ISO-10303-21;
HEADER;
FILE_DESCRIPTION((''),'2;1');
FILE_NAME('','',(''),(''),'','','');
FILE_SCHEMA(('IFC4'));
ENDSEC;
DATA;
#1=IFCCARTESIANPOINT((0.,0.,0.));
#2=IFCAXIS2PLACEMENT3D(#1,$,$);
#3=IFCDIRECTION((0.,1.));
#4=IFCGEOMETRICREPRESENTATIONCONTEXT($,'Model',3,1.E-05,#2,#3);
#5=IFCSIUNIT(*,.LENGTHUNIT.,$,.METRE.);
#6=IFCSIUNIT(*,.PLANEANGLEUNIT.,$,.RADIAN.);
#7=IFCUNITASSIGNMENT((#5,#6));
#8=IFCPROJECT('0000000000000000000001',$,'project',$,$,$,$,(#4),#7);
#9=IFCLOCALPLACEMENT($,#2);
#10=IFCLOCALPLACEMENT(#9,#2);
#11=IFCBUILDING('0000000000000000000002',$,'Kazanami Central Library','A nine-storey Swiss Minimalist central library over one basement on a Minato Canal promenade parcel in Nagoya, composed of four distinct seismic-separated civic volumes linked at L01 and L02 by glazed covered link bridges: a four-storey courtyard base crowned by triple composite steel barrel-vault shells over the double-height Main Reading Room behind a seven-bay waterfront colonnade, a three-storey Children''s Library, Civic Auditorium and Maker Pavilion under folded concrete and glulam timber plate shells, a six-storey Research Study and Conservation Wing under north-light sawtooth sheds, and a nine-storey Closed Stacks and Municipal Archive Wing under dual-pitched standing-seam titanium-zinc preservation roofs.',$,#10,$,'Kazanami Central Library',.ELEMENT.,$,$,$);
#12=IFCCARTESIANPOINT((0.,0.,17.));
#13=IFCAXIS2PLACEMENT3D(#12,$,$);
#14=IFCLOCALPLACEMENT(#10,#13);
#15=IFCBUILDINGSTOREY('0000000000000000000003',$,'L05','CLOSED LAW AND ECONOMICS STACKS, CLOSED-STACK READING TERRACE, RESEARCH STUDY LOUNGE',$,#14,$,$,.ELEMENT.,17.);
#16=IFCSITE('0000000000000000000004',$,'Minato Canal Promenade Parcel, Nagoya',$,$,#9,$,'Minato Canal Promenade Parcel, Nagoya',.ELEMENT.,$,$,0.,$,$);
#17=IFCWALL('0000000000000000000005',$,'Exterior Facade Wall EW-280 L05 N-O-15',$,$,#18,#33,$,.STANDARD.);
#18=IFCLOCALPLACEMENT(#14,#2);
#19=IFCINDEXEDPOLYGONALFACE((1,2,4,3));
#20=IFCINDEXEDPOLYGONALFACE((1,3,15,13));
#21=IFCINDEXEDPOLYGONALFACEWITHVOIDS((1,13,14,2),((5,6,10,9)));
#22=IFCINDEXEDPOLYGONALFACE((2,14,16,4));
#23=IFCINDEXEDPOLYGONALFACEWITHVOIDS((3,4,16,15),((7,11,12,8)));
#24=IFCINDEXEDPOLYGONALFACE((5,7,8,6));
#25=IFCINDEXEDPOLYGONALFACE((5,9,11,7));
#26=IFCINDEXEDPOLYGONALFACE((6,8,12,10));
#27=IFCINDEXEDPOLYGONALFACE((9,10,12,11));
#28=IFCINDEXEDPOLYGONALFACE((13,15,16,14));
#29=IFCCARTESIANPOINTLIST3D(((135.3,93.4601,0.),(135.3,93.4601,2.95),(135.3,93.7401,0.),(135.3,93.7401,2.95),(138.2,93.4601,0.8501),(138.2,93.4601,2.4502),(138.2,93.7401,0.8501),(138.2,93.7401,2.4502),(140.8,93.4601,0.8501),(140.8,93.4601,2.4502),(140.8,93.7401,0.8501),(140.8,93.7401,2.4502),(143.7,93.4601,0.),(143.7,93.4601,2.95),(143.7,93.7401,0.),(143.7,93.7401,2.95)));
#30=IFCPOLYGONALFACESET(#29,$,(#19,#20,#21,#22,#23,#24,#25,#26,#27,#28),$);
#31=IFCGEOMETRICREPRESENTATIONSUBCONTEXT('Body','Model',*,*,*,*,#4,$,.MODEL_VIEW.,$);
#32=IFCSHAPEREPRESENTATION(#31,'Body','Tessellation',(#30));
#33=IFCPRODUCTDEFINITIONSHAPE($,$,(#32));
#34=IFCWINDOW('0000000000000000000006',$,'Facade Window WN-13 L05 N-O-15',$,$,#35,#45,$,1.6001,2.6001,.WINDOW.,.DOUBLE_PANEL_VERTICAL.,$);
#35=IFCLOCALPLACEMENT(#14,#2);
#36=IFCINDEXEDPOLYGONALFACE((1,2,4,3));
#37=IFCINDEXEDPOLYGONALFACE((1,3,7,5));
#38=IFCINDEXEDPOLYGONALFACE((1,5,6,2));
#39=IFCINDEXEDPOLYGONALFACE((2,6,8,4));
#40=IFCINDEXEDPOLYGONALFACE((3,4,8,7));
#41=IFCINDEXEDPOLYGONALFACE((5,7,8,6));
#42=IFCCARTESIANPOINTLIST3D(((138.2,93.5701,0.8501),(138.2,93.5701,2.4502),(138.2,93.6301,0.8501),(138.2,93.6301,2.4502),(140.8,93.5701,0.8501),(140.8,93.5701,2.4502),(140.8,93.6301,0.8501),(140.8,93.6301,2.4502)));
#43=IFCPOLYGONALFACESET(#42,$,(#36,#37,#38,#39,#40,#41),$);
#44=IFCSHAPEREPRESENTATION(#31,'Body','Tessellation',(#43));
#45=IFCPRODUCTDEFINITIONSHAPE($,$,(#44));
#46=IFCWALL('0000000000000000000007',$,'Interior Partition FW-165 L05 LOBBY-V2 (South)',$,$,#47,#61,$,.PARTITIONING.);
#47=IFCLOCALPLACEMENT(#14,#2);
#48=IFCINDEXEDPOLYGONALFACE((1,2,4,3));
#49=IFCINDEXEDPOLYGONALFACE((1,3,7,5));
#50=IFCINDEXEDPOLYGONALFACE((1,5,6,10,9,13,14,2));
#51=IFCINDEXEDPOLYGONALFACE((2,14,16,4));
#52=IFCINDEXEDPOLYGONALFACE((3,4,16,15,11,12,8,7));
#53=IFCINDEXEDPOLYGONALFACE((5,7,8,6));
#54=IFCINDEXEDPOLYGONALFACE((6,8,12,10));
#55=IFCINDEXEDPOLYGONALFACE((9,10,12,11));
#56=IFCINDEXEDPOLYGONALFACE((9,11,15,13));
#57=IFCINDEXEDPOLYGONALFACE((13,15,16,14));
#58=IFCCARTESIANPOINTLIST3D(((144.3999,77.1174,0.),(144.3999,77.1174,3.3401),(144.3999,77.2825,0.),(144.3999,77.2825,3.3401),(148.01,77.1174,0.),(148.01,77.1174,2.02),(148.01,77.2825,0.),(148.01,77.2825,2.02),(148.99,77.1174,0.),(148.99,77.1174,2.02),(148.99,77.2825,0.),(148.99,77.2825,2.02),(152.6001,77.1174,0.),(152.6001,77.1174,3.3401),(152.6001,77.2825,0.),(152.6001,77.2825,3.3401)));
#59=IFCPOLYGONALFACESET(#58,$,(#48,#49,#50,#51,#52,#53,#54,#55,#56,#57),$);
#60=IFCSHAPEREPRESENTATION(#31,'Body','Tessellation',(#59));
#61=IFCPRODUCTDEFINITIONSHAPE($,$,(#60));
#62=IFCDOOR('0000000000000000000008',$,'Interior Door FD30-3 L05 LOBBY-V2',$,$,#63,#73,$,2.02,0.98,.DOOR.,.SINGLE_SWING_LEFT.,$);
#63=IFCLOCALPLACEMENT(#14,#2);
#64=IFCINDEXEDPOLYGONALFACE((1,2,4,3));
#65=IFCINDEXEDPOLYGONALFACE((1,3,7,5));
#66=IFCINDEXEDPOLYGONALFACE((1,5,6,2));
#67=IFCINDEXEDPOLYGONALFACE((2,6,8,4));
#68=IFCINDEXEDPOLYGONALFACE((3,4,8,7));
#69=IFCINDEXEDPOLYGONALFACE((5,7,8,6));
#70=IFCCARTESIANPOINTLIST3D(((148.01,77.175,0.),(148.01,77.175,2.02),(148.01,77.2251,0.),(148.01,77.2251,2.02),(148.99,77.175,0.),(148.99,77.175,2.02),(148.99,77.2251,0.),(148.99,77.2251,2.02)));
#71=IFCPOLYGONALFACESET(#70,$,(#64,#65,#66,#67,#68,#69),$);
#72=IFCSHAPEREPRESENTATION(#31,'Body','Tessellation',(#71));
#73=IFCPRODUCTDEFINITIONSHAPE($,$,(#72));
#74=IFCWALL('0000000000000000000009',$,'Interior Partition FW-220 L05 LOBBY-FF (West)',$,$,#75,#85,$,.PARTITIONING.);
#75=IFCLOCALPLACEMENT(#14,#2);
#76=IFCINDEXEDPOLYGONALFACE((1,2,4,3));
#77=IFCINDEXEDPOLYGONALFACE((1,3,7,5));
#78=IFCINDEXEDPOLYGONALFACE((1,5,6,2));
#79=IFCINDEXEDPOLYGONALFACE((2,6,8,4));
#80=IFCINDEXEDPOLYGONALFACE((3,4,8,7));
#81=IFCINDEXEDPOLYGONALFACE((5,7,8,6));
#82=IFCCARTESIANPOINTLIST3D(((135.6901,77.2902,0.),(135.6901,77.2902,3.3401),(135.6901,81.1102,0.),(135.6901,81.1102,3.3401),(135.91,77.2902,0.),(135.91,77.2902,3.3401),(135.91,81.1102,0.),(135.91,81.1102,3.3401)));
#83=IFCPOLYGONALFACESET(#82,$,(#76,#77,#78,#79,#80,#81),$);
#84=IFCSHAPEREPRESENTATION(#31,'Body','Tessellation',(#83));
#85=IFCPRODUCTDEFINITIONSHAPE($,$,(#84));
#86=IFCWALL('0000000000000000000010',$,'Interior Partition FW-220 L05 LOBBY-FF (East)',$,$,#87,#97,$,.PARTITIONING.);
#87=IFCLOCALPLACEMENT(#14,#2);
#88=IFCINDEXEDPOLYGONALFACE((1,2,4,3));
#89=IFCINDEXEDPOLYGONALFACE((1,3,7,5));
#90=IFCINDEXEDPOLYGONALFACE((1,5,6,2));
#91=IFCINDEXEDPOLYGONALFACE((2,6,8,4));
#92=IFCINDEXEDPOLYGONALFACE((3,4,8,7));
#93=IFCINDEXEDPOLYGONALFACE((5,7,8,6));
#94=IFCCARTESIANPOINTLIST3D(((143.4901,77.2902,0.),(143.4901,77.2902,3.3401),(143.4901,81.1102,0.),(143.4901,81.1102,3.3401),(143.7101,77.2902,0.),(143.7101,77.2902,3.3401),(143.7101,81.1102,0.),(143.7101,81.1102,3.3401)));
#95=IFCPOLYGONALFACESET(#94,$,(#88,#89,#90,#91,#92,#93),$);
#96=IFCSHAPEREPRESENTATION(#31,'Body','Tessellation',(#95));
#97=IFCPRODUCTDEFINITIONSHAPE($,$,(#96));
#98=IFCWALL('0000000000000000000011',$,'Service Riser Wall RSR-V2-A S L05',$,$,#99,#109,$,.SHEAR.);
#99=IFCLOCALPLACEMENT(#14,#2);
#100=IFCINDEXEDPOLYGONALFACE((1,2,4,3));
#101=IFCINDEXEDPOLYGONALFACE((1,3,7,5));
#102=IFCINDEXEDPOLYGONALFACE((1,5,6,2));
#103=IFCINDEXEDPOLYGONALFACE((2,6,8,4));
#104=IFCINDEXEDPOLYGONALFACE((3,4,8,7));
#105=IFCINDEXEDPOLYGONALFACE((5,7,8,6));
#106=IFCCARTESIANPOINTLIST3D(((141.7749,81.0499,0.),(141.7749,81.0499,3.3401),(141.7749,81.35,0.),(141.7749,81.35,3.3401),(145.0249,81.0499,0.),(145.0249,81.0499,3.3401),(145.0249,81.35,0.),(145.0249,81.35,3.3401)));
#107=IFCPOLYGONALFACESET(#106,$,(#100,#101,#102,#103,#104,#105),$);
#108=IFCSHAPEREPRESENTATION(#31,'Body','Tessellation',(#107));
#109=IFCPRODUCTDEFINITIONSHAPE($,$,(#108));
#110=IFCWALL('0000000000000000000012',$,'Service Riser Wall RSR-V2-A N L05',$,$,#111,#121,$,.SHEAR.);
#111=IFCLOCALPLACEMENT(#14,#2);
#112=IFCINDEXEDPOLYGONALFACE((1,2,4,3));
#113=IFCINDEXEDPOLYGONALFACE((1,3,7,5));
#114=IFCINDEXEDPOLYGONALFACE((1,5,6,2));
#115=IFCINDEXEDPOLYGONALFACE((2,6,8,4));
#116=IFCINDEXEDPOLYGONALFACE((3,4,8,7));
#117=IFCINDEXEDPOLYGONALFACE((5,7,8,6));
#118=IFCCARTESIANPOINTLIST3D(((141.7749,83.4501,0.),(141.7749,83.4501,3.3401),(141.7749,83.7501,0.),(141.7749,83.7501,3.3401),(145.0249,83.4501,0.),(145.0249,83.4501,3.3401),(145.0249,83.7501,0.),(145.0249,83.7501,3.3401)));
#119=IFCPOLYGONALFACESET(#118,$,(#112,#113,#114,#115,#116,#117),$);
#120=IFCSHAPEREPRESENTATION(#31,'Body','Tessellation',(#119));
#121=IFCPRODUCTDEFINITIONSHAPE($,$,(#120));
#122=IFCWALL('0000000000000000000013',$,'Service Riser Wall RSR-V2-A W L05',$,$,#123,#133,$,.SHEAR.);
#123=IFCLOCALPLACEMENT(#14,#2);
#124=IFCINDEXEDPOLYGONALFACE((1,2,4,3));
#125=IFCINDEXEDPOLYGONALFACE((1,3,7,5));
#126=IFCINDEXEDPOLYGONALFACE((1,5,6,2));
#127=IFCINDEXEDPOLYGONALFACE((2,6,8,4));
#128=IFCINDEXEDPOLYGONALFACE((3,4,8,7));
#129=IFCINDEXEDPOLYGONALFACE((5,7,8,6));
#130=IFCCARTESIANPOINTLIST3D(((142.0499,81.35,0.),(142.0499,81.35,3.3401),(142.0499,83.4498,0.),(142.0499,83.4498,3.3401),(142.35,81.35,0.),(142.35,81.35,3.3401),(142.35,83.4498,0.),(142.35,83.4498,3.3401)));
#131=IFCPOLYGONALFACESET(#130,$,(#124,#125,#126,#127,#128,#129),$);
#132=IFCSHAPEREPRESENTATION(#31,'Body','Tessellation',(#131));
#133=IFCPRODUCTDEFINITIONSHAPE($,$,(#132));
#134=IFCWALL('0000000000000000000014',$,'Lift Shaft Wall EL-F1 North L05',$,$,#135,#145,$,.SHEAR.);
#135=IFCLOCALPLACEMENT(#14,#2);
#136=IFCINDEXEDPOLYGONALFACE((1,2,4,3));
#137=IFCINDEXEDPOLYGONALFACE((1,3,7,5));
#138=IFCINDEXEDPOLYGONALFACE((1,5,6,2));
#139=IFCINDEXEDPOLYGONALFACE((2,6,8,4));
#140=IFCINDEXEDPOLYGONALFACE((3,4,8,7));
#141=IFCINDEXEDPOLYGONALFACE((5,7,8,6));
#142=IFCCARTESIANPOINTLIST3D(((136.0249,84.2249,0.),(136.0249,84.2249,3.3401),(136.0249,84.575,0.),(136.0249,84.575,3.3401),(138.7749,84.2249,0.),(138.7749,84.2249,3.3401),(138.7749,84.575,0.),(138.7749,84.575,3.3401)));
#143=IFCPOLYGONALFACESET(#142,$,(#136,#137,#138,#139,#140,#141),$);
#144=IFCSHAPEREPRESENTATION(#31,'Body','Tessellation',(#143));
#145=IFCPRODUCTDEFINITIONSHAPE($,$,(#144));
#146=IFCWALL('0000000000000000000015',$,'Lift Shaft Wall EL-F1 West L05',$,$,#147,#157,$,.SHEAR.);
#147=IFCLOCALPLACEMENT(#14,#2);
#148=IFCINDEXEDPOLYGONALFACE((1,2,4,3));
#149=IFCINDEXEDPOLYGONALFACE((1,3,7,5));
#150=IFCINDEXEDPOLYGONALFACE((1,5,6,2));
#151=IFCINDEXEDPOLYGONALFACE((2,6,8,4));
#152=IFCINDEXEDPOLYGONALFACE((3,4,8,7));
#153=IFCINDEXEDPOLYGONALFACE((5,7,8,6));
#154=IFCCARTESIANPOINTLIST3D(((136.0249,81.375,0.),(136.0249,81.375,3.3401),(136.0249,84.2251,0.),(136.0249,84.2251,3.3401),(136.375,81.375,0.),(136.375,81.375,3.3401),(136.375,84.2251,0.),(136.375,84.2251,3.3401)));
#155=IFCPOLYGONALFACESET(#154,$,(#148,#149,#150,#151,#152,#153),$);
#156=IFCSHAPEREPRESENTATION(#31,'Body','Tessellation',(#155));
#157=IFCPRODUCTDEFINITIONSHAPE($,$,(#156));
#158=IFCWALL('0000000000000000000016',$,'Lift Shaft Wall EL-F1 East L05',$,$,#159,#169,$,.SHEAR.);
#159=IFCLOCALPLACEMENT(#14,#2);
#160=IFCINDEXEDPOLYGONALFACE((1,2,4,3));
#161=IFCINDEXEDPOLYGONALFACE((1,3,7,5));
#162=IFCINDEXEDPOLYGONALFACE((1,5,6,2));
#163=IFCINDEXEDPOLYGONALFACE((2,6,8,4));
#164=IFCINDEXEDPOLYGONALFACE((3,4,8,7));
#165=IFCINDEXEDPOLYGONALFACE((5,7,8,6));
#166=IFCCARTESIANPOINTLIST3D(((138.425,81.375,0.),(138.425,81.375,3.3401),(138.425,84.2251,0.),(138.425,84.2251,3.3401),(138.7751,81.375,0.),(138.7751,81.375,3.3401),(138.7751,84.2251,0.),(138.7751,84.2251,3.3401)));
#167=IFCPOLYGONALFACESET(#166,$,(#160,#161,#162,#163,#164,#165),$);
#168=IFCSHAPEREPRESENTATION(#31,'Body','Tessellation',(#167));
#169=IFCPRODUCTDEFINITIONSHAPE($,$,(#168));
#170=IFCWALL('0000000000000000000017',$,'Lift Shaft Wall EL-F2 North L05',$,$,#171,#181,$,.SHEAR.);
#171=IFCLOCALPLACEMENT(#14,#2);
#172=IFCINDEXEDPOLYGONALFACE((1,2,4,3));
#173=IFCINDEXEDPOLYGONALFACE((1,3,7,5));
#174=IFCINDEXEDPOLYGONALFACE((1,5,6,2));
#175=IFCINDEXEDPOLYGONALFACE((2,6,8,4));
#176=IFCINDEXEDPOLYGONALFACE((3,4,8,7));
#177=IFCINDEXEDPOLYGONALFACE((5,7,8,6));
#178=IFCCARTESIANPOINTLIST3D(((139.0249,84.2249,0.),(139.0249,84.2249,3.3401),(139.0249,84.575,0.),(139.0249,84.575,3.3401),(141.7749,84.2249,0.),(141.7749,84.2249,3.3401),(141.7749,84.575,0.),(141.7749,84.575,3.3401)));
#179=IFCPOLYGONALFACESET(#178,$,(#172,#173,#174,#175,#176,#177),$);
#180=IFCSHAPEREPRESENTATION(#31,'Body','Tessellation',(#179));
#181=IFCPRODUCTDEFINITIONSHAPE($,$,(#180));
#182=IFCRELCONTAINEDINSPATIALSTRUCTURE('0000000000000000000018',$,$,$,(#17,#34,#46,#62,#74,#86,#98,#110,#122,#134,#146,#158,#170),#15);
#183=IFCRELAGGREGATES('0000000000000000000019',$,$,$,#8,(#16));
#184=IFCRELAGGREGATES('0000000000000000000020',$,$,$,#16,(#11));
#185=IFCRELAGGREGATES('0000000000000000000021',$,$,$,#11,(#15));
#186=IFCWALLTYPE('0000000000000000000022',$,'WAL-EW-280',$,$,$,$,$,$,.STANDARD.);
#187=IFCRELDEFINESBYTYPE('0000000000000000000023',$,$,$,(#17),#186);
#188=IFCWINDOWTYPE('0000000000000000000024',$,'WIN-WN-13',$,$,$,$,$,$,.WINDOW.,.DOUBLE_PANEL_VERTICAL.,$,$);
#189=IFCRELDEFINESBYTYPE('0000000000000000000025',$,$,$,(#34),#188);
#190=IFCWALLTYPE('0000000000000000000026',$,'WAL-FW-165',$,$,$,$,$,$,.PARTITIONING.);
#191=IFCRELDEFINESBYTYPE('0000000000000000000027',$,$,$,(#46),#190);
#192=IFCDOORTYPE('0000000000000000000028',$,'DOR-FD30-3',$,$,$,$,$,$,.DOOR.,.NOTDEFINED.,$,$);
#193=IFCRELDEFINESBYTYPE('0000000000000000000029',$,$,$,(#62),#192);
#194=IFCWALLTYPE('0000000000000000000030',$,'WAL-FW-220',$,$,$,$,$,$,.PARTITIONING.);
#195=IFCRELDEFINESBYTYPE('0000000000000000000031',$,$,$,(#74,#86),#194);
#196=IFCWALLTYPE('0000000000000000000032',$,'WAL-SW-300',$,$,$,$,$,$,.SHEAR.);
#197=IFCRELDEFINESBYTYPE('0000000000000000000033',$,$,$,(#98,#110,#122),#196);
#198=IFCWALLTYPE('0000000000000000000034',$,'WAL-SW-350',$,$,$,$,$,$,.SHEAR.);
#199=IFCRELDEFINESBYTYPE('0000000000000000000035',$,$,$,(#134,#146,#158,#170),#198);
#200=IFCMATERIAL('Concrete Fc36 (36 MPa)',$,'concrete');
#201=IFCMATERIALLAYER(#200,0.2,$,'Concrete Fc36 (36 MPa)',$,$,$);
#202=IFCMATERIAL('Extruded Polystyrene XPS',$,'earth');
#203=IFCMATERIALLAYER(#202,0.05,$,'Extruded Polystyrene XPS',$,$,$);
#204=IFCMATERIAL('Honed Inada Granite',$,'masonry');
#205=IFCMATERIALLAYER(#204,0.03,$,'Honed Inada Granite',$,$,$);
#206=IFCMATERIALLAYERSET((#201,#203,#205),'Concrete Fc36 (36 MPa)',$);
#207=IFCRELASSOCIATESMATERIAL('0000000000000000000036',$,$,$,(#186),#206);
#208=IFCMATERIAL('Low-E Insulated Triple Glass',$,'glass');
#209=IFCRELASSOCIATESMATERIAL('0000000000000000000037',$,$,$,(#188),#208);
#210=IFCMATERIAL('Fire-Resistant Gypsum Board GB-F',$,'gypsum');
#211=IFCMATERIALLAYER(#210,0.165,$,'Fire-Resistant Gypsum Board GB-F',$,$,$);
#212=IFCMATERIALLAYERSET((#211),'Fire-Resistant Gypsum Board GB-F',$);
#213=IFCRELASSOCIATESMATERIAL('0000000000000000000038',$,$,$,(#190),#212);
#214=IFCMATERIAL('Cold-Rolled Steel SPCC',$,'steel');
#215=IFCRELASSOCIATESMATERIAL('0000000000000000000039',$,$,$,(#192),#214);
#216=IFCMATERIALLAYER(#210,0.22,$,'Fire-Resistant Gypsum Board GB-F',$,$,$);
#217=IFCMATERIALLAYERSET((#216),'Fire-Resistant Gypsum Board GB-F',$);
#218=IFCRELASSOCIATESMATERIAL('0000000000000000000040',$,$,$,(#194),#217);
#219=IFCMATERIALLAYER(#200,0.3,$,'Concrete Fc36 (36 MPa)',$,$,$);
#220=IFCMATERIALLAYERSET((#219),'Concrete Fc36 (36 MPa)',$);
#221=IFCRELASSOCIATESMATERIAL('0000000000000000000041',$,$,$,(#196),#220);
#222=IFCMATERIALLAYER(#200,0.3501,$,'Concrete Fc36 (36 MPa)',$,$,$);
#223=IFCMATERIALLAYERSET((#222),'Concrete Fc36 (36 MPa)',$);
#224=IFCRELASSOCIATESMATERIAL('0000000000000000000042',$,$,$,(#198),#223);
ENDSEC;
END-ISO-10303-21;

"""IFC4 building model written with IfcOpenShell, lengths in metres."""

from ifc_helpers import new_model, si_unit, direction, frame, frame_2d, origin, place, context, subcontext, project, spatial, rectangle, extrude, material, layer, layer_set, type_object, element, fill, save


model = new_model("IFC4")

# Units and contexts
model_context = context("Model", 3, precision=1e-05, world=origin(), true_north=direction((0.0, 1.0)))
body_context = subcontext(model_context, "Body", "Model", "MODEL_VIEW")
ifc_project = project(units=[si_unit("LENGTHUNIT", "METRE"), si_unit("PLANEANGLEUNIT", "RADIAN")], contexts=[model_context])

# Site, building, storey
site_placement = place(None, origin())
site = spatial("IfcSite", under=ifc_project, at=site_placement, Name="Minato Canal Promenade Parcel, Nagoya", LongName="Minato Canal Promenade Parcel, Nagoya", CompositionType="ELEMENT", RefElevation=0.0)
building_placement = place(site_placement, origin())
building = spatial("IfcBuilding", under=site, at=building_placement, Name="Kazanami Central Library", Description="A nine-storey Swiss Minimalist central library over one basement on a Minato Canal promenade parcel in Nagoya, composed of four distinct seismic-separated civic volumes linked at L01 and L02 by glazed covered link bridges: a four-storey courtyard base crowned by triple composite steel barrel-vault shells over the double-height Main Reading Room behind a seven-bay waterfront colonnade, a three-storey Children's Library, Civic Auditorium and Maker Pavilion under folded concrete and glulam timber plate shells, a six-storey Research Study and Conservation Wing under north-light sawtooth sheds, and a nine-storey Closed Stacks and Municipal Archive Wing under dual-pitched standing-seam titanium-zinc preservation roofs.", LongName="Kazanami Central Library", CompositionType="ELEMENT")
storey_placement = place(building_placement, frame((0.0, 0.0, 17.0)))
storey = spatial("IfcBuildingStorey", under=building, at=storey_placement, Name="L05", Description="CLOSED LAW AND ECONOMICS STACKS, CLOSED-STACK READING TERRACE, RESEARCH STUDY LOUNGE", CompositionType="ELEMENT", Elevation=17.0)

# Wall, opening, window
ifc_material_1 = material(Name="Concrete Fc36 (36 MPa)", Category="concrete")
ifc_layer_1 = layer(ifc_material_1, 0.2, Name="Concrete Fc36 (36 MPa)")
ifc_material_2 = material(Name="Extruded Polystyrene XPS", Category="earth")
ifc_layer_2 = layer(ifc_material_2, 0.05, Name="Extruded Polystyrene XPS")
ifc_material_3 = material(Name="Honed Inada Granite", Category="masonry")
ifc_layer_3 = layer(ifc_material_3, 0.03, Name="Honed Inada Granite")
ifc_layer_set_1 = layer_set([ifc_layer_1, ifc_layer_2, ifc_layer_3], Name="Concrete Fc36 (36 MPa)")
wall_type_1 = type_object("IfcWallType", Name="WAL-EW-280", PredefinedType="STANDARD", material=ifc_layer_set_1)
wall_1_placement = place(storey_placement, frame((143.7, 93.6001, 0.0), z_axis=(0.0, 0.0, 1.0), x_axis=(-1.0, 0.0, 0.0)))
wall_1 = element("IfcWall", 1, at=wall_1_placement, inside=storey, type_object=wall_type_1, Name="Exterior Facade Wall EW-280 L05 N-O-15", PredefinedType="STANDARD", context=body_context, shape_type="SweptSolid", body=[
    extrude(rectangle(XDim=8.3999, YDim=0.28, at=frame_2d((4.2, 0.0))), origin(), (0.0, 0.0, 1.0), 2.95),
])
opening_1_placement = place(wall_1_placement, frame((2.8999, 0.0, 0.8501)))
opening_1 = element("IfcOpeningElement", 2, at=opening_1_placement, cuts=wall_1, PredefinedType="OPENING", context=body_context, shape_type="SweptSolid", body=[
    extrude(rectangle(XDim=2.6001, YDim=1.6001, at=frame_2d((1.3, 0.8))), frame((0.0, 0.1519, 0.0), z_axis=(0.0, -1.0, 0.0), x_axis=(1.0, 0.0, 0.0)), (0.0, 0.0, 1.0), 0.304),
])
ifc_material_4 = material(Name="Low-E Insulated Triple Glass", Category="glass")
window_type = type_object("IfcWindowType", Name="WIN-WN-13", PartitioningType="DOUBLE_PANEL_VERTICAL", PredefinedType="WINDOW", material=ifc_material_4)
window_placement = place(opening_1_placement, origin())
window = element("IfcWindow", 3, at=window_placement, inside=storey, type_object=window_type, Name="Facade Window WN-13 L05 N-O-15", OverallHeight=1.6001, OverallWidth=2.6001, PartitioningType="DOUBLE_PANEL_VERTICAL", PredefinedType="WINDOW", context=body_context, shape_type="SweptSolid", body=[
    extrude(rectangle(XDim=2.6001, YDim=1.6001, at=frame_2d((1.3, 0.8))), frame((0.0, 0.03, 0.0), z_axis=(0.0, -1.0, 0.0), x_axis=(1.0, 0.0, 0.0)), (0.0, 0.0, 1.0), 0.0601),
])
fill(opening_1, window)

# Wall, opening, door
ifc_material_5 = material(Name="Fire-Resistant Gypsum Board GB-F", Category="gypsum")
ifc_layer_4 = layer(ifc_material_5, 0.165, Name="Fire-Resistant Gypsum Board GB-F")
ifc_layer_set_2 = layer_set([ifc_layer_4], Name="Fire-Resistant Gypsum Board GB-F")
wall_type_2 = type_object("IfcWallType", Name="WAL-FW-165", PredefinedType="PARTITIONING", material=ifc_layer_set_2)
wall_2_placement = place(storey_placement, frame((144.3999, 77.2, 0.0), z_axis=(0.0, 0.0, 1.0), x_axis=(1.0, 0.0, 0.0)))
wall_2 = element("IfcWall", 4, at=wall_2_placement, inside=storey, type_object=wall_type_2, Name="Interior Partition FW-165 L05 LOBBY-V2 (South)", PredefinedType="PARTITIONING", context=body_context, shape_type="SweptSolid", body=[
    extrude(rectangle(XDim=8.2002, YDim=0.165, at=frame_2d((4.1001, 0.0))), origin(), (0.0, 0.0, 1.0), 3.3401),
])
opening_2_placement = place(wall_2_placement, frame((3.6101, 0.0, 0.0)))
opening_2 = element("IfcOpeningElement", 5, at=opening_2_placement, cuts=wall_2, PredefinedType="OPENING", context=body_context, shape_type="SweptSolid", body=[
    extrude(rectangle(XDim=0.98, YDim=2.02, at=frame_2d((0.49, 1.01))), frame((0.0, 0.0945, 0.0), z_axis=(0.0, -1.0, 0.0), x_axis=(1.0, 0.0, 0.0)), (0.0, 0.0, 1.0), 0.189),
])
ifc_material_6 = material(Name="Cold-Rolled Steel SPCC", Category="steel")
door_type_1 = type_object("IfcDoorType", Name="DOR-FD30-3", OperationType="NOTDEFINED", PredefinedType="DOOR", material=ifc_material_6)
door_1_placement = place(opening_2_placement, frame((0.98, 0.0, 0.0), z_axis=(0.0, 0.0, 1.0), x_axis=(-1.0, 0.0, 0.0)))
door_1 = element("IfcDoor", 6, at=door_1_placement, inside=storey, type_object=door_type_1, Name="Interior Door FD30-3 L05 LOBBY-V2", OperationType="SINGLE_SWING_LEFT", OverallHeight=2.02, OverallWidth=0.98, PredefinedType="DOOR", context=body_context, shape_type="SweptSolid", body=[
    extrude(rectangle(XDim=0.98, YDim=2.02, at=frame_2d((0.49, 1.01))), frame((0.0, 0.0249, 0.0), z_axis=(0.0, -1.0, 0.0), x_axis=(1.0, 0.0, 0.0)), (0.0, 0.0, 1.0), 0.05),
])
fill(opening_2, door_1)

# Walls
ifc_layer_5 = layer(ifc_material_5, 0.22, Name="Fire-Resistant Gypsum Board GB-F")
ifc_layer_set_3 = layer_set([ifc_layer_5], Name="Fire-Resistant Gypsum Board GB-F")
wall_type_3 = type_object("IfcWallType", Name="WAL-FW-220", PredefinedType="PARTITIONING", material=ifc_layer_set_3)
for number, where, z_axis, x_axis, name in (
    (7, (135.8, 77.29, 0.0), (0.0, 0.0, 1.0), (0.0, 1.0, 0.0), "Interior Partition FW-220 L05 LOBBY-FF (West)"),
    (8, (143.6001, 77.29, 0.0), (0.0, 0.0, 1.0), (0.0, 1.0, 0.0), "Interior Partition FW-220 L05 LOBBY-FF (East)"),
):
    element("IfcWall", number, at=place(storey_placement, frame(where, z_axis=z_axis, x_axis=x_axis)), inside=storey, type_object=wall_type_3, Name=name, PredefinedType="PARTITIONING", context=body_context, shape_type="SweptSolid", body=[
        extrude(rectangle(XDim=3.8201, YDim=0.22, at=frame_2d((1.9102, 0.0))), origin(), (0.0, 0.0, 1.0), 3.3401),
    ])
ifc_layer_6 = layer(ifc_material_1, 0.3, Name="Concrete Fc36 (36 MPa)")
ifc_layer_set_4 = layer_set([ifc_layer_6], Name="Concrete Fc36 (36 MPa)")
wall_type_4 = type_object("IfcWallType", Name="WAL-SW-300", PredefinedType="SHEAR", material=ifc_layer_set_4)
for number, where, z_axis, x_axis, name in (
    (9, (141.7749, 81.2, 0.0), (0.0, 0.0, 1.0), (1.0, 0.0, 0.0), "Service Riser Wall RSR-V2-A S L05"),
    (10, (141.7749, 83.6001, 0.0), (0.0, 0.0, 1.0), (1.0, 0.0, 0.0), "Service Riser Wall RSR-V2-A N L05"),
):
    element("IfcWall", number, at=place(storey_placement, frame(where, z_axis=z_axis, x_axis=x_axis)), inside=storey, type_object=wall_type_4, Name=name, PredefinedType="SHEAR", context=body_context, shape_type="SweptSolid", body=[
        extrude(rectangle(XDim=3.25, YDim=0.3, at=frame_2d((1.625, 0.0))), origin(), (0.0, 0.0, 1.0), 3.3401),
    ])
wall_3_placement = place(storey_placement, frame((142.2, 81.3501, 0.0), z_axis=(0.0, 0.0, 1.0), x_axis=(0.0, 1.0, 0.0)))
element("IfcWall", 11, at=wall_3_placement, inside=storey, type_object=wall_type_4, Name="Service Riser Wall RSR-V2-A W L05", PredefinedType="SHEAR", context=body_context, shape_type="SweptSolid", body=[
    extrude(rectangle(XDim=2.0999, YDim=0.3, at=frame_2d((1.0498, 0.0))), origin(), (0.0, 0.0, 1.0), 3.3401),
])

# Shared definitions
ifc_layer_7 = layer(ifc_material_1, 0.3501, Name="Concrete Fc36 (36 MPa)")
ifc_layer_set_5 = layer_set([ifc_layer_7], Name="Concrete Fc36 (36 MPa)")
wall_type_5 = type_object("IfcWallType", Name="WAL-SW-350", PredefinedType="SHEAR", material=ifc_layer_set_5)

# Walls
wall_4_placement = place(storey_placement, frame((136.0249, 84.3999, 0.0), z_axis=(0.0, 0.0, 1.0), x_axis=(1.0, 0.0, 0.0)))
element("IfcWall", 12, at=wall_4_placement, inside=storey, type_object=wall_type_5, Name="Lift Shaft Wall EL-F1 North L05", PredefinedType="SHEAR", context=body_context, shape_type="SweptSolid", body=[
    extrude(rectangle(XDim=2.75, YDim=0.3501, at=frame_2d((1.375, 0.0))), origin(), (0.0, 0.0, 1.0), 3.3401),
])
for number, where, z_axis, x_axis, name in (
    (13, (136.2, 81.375, 0.0), (0.0, 0.0, 1.0), (0.0, 1.0, 0.0), "Lift Shaft Wall EL-F1 West L05"),
    (14, (138.6001, 81.375, 0.0), (0.0, 0.0, 1.0), (0.0, 1.0, 0.0), "Lift Shaft Wall EL-F1 East L05"),
):
    element("IfcWall", number, at=place(storey_placement, frame(where, z_axis=z_axis, x_axis=x_axis)), inside=storey, type_object=wall_type_5, Name=name, PredefinedType="SHEAR", context=body_context, shape_type="SweptSolid", body=[
        extrude(rectangle(XDim=2.8501, YDim=0.3501, at=frame_2d((1.425, 0.0))), origin(), (0.0, 0.0, 1.0), 3.3401),
    ])

# Wall
wall_5_placement = place(storey_placement, frame((139.0249, 84.3999, 0.0), z_axis=(0.0, 0.0, 1.0), x_axis=(1.0, 0.0, 0.0)))
element("IfcWall", 15, at=wall_5_placement, inside=storey, type_object=wall_type_5, Name="Lift Shaft Wall EL-F2 North L05", PredefinedType="SHEAR", context=body_context, shape_type="SweptSolid", body=[
    extrude(rectangle(XDim=2.75, YDim=0.3501, at=frame_2d((1.375, 0.0))), origin(), (0.0, 0.0, 1.0), 3.3401),
])

save(model, "model.ifc")
